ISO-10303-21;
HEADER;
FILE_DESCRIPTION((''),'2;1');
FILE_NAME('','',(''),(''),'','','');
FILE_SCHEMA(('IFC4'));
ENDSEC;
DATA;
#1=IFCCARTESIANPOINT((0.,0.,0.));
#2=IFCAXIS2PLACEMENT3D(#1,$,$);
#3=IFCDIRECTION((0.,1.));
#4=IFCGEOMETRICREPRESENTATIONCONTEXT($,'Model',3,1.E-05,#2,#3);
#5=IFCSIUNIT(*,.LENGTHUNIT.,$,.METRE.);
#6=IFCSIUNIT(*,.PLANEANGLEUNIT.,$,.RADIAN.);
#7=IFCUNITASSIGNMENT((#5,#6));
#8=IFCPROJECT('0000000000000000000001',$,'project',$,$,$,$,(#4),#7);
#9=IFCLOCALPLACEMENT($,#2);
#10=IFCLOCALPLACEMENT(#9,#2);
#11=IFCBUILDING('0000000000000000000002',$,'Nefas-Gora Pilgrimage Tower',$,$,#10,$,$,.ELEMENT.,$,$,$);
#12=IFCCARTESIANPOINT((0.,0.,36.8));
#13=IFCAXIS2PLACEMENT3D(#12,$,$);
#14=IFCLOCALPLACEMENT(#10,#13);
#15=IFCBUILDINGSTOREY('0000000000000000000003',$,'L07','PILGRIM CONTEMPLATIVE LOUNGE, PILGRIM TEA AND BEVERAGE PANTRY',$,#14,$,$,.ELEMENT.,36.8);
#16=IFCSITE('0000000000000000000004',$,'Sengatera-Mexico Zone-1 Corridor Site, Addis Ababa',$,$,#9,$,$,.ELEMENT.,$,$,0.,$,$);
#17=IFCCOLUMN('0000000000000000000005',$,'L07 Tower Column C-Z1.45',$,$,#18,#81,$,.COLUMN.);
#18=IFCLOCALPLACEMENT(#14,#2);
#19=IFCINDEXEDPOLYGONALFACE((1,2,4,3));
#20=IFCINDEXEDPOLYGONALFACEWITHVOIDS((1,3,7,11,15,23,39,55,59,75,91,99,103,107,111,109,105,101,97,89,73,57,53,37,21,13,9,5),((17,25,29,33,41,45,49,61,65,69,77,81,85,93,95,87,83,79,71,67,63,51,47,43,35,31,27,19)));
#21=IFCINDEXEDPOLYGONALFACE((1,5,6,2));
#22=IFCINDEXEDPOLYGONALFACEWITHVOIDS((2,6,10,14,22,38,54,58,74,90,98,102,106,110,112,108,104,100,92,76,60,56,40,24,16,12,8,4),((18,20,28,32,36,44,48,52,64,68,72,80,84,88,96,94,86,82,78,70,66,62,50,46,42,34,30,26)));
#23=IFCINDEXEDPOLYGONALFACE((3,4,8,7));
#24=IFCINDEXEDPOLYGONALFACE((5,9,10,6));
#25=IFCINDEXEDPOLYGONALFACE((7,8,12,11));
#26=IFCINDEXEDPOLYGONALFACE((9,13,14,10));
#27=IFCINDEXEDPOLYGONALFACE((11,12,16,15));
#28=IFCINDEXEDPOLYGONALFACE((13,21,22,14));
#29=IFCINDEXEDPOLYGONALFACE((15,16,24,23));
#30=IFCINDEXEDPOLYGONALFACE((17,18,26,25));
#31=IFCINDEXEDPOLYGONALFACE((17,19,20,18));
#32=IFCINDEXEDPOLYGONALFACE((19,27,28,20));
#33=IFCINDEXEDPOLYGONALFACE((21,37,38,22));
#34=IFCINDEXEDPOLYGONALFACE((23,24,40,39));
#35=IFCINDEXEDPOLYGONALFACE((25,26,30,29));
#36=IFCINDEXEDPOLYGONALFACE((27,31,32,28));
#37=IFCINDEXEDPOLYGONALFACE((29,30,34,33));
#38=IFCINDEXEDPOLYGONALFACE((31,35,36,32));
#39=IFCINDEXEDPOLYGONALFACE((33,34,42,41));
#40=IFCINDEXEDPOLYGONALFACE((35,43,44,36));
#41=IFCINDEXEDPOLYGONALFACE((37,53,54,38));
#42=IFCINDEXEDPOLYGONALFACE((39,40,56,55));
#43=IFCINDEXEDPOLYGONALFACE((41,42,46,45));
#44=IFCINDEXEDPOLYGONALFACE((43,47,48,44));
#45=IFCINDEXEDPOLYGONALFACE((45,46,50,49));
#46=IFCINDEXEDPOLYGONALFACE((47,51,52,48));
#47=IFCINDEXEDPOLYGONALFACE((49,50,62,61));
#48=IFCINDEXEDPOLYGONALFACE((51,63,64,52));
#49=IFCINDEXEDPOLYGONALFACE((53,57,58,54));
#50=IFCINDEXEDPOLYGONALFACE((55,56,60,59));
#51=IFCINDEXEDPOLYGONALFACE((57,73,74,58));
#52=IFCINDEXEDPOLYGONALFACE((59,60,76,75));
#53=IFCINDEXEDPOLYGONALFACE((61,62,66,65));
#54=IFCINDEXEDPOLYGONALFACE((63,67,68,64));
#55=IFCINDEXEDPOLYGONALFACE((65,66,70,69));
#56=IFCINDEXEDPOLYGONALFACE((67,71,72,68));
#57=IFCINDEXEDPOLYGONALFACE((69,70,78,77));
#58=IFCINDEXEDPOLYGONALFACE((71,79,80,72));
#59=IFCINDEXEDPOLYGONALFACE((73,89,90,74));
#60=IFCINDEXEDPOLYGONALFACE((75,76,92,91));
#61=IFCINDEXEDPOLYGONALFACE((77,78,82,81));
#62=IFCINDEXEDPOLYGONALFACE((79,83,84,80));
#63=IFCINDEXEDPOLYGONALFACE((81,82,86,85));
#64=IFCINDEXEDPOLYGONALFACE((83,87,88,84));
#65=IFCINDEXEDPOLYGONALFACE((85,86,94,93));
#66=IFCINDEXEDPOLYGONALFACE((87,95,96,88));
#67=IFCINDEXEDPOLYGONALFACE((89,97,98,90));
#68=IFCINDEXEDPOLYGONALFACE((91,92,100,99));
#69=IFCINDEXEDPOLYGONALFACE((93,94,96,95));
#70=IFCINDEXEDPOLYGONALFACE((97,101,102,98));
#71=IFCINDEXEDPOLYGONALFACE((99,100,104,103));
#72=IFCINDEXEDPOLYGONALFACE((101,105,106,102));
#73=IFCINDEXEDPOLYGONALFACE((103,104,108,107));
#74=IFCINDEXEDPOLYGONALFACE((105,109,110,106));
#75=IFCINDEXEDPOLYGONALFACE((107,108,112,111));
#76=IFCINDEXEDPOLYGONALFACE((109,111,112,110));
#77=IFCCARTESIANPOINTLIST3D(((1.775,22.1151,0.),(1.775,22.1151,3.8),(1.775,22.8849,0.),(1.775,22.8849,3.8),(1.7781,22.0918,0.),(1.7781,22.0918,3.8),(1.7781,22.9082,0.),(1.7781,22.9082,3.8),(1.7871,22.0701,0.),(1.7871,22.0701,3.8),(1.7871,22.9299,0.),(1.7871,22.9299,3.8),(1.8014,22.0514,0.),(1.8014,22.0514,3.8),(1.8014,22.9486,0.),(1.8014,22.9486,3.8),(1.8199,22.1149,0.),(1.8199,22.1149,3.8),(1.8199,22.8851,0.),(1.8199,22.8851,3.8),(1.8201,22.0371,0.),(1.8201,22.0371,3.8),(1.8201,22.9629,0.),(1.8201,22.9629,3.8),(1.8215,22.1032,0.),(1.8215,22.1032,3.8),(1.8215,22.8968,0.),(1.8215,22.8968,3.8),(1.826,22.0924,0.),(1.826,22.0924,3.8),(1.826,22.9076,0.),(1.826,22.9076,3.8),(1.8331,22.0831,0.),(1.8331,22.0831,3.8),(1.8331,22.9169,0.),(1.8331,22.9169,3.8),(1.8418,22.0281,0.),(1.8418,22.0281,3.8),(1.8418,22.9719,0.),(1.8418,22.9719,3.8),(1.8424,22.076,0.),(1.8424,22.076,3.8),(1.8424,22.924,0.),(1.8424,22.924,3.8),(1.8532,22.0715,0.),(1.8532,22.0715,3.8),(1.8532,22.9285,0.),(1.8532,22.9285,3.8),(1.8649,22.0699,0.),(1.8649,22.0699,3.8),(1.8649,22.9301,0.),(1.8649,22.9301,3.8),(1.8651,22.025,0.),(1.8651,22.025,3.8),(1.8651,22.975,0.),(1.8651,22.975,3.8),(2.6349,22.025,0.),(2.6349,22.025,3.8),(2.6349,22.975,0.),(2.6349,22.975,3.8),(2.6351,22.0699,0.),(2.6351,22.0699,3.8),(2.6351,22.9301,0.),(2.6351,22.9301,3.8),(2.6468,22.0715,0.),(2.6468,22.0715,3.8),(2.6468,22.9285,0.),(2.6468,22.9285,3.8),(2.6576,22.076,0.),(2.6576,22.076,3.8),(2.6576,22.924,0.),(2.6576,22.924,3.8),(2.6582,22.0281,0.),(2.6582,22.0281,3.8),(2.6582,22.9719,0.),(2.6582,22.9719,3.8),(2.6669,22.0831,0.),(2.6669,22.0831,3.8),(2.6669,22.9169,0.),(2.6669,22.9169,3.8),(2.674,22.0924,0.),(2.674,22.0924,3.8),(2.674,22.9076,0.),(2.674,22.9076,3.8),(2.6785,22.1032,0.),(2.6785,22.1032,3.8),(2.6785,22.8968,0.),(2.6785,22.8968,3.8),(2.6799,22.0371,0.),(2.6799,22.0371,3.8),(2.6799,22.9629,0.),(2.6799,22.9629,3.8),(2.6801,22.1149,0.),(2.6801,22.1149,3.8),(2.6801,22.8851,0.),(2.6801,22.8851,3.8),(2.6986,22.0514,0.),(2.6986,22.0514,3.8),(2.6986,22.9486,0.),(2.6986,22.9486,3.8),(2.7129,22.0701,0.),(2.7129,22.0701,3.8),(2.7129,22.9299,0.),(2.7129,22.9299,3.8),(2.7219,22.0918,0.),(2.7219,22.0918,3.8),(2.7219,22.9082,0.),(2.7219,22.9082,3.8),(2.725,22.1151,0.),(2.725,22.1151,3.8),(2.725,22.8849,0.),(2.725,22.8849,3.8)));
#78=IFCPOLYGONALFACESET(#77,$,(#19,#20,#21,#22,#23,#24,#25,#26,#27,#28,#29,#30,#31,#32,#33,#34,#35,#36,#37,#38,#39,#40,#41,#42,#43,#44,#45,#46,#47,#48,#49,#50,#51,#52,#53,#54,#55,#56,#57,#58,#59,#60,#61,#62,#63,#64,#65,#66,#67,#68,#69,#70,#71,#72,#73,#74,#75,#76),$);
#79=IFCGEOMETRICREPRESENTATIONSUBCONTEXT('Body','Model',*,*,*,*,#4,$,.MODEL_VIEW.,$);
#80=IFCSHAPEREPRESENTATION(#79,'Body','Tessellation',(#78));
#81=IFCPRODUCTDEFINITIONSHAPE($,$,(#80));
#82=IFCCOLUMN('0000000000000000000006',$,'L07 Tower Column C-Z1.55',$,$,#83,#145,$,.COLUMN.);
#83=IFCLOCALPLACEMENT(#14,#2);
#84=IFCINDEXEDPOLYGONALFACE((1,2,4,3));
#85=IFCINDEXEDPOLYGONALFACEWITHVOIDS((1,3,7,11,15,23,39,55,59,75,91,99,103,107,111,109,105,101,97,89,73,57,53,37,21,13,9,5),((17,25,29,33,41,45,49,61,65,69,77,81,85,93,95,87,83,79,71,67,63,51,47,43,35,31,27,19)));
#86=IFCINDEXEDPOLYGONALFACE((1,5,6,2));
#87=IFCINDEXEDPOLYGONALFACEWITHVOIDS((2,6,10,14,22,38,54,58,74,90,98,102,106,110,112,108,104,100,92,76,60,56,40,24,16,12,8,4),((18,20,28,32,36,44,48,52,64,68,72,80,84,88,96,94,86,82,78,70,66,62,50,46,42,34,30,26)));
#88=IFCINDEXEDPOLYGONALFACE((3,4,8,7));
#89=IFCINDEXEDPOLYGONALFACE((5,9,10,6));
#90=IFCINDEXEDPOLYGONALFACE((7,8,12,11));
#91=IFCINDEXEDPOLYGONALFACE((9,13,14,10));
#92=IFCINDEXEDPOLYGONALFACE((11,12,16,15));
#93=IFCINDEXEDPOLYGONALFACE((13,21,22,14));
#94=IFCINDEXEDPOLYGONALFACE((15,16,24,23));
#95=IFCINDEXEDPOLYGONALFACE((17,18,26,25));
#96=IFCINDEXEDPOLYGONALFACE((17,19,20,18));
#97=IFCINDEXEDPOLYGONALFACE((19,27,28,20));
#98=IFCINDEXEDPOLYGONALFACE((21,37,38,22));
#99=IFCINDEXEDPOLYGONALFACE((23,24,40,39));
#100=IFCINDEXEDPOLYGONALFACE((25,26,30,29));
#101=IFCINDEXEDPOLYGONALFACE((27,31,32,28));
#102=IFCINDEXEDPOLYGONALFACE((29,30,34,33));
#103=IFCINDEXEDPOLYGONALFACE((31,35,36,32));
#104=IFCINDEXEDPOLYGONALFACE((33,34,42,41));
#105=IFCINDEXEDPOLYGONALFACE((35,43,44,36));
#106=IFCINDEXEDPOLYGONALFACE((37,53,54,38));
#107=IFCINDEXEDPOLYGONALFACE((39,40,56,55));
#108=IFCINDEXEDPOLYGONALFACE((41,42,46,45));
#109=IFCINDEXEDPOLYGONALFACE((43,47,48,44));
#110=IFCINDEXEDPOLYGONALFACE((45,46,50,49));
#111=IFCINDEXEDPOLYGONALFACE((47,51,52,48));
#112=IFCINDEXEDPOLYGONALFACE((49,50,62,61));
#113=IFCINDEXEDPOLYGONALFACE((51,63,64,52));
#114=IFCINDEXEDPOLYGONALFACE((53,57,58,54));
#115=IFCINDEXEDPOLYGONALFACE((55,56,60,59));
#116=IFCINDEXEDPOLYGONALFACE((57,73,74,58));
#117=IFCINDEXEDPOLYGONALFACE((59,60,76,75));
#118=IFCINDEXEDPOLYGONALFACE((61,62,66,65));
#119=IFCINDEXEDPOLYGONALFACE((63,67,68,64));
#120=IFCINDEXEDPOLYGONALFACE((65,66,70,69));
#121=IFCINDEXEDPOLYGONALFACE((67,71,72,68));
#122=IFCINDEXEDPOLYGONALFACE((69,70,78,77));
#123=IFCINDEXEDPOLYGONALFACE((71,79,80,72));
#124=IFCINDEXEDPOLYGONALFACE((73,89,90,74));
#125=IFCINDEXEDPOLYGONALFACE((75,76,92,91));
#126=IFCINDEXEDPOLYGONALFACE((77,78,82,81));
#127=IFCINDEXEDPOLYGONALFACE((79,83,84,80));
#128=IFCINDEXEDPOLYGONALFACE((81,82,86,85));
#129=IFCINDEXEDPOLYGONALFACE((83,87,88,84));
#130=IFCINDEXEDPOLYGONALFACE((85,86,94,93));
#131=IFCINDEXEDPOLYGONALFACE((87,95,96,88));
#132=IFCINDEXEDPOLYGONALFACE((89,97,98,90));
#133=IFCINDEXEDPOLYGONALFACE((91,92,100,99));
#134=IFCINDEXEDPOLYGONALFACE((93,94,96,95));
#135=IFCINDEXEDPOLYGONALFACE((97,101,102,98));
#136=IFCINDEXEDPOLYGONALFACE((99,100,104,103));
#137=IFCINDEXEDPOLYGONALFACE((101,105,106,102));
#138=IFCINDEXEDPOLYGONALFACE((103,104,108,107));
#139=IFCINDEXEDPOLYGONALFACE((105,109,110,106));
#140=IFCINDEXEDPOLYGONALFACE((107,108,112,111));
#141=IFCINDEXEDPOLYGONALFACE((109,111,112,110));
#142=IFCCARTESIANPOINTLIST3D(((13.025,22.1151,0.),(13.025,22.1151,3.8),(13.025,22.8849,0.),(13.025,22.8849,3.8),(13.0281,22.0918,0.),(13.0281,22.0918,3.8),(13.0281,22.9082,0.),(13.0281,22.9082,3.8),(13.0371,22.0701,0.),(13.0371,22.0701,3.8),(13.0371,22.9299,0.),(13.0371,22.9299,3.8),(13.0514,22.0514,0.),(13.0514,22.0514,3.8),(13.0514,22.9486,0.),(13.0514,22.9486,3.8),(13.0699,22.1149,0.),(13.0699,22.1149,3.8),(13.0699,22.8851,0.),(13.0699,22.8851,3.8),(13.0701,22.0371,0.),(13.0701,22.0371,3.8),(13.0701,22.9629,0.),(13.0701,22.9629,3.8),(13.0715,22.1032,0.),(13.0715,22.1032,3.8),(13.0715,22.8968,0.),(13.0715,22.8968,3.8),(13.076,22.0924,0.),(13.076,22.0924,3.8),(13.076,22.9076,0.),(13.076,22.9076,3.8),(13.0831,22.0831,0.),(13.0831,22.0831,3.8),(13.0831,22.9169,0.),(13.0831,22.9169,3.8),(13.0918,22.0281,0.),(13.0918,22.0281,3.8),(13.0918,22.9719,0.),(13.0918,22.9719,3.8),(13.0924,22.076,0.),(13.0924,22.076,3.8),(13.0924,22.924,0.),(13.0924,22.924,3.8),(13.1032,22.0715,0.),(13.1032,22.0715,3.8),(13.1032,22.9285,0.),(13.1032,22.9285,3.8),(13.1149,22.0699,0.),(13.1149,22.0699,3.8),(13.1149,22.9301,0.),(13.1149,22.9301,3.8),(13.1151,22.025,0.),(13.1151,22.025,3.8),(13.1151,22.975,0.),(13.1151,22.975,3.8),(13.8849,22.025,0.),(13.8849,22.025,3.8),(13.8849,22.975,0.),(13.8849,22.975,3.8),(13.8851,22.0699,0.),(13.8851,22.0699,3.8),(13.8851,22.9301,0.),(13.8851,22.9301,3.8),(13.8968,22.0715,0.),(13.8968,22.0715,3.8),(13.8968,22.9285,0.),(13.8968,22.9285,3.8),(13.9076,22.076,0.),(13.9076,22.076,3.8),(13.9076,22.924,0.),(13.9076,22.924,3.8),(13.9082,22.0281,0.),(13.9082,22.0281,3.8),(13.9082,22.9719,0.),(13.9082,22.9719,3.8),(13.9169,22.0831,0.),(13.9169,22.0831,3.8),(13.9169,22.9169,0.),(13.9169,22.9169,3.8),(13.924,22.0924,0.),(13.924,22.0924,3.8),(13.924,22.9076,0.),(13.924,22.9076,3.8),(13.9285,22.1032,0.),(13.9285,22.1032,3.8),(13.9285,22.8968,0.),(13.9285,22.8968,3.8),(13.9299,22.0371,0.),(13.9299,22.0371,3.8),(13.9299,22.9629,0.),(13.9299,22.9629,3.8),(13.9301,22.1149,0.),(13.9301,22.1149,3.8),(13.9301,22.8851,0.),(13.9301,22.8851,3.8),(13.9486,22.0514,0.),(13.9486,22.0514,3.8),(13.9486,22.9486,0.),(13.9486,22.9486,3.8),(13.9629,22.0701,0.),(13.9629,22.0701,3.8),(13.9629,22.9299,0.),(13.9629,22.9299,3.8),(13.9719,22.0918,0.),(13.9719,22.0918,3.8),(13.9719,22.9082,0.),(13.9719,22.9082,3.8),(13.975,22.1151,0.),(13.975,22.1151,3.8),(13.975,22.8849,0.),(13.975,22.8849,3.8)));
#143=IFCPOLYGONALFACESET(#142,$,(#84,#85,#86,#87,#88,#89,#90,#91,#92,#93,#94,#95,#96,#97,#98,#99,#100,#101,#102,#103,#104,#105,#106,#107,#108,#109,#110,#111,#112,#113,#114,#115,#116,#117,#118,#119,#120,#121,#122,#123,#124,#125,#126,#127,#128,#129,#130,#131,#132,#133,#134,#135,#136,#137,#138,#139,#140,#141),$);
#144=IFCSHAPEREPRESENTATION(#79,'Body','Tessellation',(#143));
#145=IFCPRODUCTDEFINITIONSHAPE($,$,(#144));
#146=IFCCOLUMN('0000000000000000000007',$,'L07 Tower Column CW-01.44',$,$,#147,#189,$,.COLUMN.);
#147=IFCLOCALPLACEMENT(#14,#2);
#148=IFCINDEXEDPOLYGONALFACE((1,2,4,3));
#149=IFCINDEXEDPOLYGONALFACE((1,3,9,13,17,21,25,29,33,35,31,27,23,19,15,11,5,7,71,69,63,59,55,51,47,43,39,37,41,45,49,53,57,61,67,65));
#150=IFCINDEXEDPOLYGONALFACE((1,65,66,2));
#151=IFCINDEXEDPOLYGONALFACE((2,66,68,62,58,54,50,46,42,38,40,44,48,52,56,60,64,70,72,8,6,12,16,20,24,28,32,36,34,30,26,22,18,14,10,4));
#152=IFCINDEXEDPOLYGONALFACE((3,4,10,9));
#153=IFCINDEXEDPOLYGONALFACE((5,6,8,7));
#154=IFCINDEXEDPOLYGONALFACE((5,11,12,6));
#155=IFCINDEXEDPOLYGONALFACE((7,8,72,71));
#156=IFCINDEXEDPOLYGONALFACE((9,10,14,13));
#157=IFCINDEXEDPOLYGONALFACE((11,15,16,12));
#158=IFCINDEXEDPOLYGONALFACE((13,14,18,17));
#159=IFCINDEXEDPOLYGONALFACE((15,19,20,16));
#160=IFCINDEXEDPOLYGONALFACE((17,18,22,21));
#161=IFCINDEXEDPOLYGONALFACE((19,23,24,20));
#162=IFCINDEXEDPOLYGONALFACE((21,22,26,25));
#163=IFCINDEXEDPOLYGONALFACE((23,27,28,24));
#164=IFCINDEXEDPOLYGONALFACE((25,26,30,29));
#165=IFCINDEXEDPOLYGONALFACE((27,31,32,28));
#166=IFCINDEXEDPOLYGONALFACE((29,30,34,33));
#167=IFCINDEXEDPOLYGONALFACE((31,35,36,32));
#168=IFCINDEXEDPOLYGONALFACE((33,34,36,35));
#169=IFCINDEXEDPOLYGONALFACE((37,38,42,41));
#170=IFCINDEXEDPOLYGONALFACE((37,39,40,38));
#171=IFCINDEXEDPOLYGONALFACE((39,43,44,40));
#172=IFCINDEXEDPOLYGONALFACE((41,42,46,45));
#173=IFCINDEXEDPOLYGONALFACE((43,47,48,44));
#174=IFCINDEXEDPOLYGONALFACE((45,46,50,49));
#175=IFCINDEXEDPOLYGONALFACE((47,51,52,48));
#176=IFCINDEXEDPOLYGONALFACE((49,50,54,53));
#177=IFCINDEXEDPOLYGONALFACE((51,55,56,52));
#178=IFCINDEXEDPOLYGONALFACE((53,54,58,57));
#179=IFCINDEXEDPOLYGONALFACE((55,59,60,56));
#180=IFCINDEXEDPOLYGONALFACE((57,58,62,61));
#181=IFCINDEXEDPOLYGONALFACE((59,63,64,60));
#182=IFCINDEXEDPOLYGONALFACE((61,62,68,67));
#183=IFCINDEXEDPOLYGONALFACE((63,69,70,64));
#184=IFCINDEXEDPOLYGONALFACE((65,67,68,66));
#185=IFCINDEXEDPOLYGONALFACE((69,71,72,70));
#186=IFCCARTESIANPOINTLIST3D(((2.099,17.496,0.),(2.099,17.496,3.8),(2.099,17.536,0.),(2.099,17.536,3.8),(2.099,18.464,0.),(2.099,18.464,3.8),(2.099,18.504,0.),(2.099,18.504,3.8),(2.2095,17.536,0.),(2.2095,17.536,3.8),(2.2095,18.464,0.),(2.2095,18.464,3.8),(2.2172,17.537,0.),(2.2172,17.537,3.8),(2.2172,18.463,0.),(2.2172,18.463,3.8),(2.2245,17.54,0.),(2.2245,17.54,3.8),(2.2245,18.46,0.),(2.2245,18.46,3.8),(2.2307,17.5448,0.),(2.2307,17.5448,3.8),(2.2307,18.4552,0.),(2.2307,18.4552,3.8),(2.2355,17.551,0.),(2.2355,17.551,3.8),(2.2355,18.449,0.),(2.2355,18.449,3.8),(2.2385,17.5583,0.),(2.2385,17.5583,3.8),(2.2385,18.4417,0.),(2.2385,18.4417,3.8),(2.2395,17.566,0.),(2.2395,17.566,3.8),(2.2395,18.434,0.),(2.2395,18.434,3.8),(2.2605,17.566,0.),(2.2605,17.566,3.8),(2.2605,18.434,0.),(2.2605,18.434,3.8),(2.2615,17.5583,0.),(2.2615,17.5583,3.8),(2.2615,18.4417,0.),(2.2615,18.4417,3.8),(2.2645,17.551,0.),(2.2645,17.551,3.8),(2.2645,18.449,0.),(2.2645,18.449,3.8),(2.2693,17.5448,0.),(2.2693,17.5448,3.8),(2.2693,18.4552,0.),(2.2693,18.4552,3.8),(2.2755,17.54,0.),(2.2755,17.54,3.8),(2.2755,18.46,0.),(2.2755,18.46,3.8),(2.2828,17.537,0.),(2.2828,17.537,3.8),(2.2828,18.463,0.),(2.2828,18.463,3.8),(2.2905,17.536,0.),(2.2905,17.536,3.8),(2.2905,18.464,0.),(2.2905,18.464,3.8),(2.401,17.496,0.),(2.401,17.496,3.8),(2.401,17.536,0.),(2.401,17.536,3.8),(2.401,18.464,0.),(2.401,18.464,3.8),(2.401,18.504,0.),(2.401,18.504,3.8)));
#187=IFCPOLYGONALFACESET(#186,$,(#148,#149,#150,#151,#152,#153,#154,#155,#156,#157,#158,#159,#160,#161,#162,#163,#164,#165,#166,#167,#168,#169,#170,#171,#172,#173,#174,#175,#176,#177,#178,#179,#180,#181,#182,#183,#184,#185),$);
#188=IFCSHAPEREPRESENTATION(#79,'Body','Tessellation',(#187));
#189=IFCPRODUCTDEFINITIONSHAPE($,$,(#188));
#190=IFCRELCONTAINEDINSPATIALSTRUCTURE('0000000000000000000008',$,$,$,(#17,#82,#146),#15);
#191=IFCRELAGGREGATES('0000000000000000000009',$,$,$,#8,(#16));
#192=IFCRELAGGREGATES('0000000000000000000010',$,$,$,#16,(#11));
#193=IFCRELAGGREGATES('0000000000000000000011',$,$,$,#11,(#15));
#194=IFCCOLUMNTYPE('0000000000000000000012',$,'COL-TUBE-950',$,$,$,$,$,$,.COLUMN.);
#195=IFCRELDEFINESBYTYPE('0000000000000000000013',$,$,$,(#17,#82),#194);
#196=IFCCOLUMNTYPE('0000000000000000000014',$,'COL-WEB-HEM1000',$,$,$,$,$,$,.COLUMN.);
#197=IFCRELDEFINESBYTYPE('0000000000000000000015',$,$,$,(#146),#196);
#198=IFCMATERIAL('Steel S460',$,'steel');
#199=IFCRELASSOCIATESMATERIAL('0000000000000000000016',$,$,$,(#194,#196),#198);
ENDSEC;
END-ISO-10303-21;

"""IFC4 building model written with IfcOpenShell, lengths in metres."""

from ifc_helpers import new_model, si_unit, direction, frame, origin, origin_2d, place, context, subcontext, project, spatial, hollow_rectangle, i_section, extrude, source, transform, mapped, material, material_profile, profile_set, type_object, element, save


model = new_model("IFC4")

# Units and contexts
model_context = context("Model", 3, precision=1e-05, world=origin(), true_north=direction((0.0, 1.0)))
body_context = subcontext(model_context, "Body", "Model", "MODEL_VIEW")
ifc_project = project(units=[si_unit("LENGTHUNIT", "METRE"), si_unit("PLANEANGLEUNIT", "RADIAN")], contexts=[model_context])

# Site, building, storey
site_placement = place(None, origin())
site = spatial("IfcSite", under=ifc_project, at=site_placement, Name="Sengatera-Mexico Zone-1 Corridor Site, Addis Ababa", CompositionType="ELEMENT", RefElevation=0.0)
building_placement = place(site_placement, origin())
building = spatial("IfcBuilding", under=site, at=building_placement, Name="Nefas-Gora Pilgrimage Tower", CompositionType="ELEMENT")
storey_placement = place(building_placement, frame((0.0, 0.0, 36.8)))
storey = spatial("IfcBuildingStorey", under=building, at=storey_placement, Name="L07", Description="PILGRIM CONTEMPLATIVE LOUNGE, PILGRIM TEA AND BEVERAGE PANTRY", CompositionType="ELEMENT", Elevation=36.8)

# Columns
ifc_material_1 = material(Name="Steel S460", Category="steel")
ifc_material_profile_1 = material_profile(ifc_material_1, hollow_rectangle(XDim=0.95, YDim=0.95, WallThickness=0.0449, InnerFilletRadius=0.0449, OuterFilletRadius=0.0901, at=origin_2d()), Name="BOX 950x950x45")
ifc_profile_set_1 = profile_set([ifc_material_profile_1], Name="Steel S460")
column_type_1 = type_object("IfcColumnType", Name="COL-TUBE-950", PredefinedType="COLUMN", material=ifc_profile_set_1)
shared_shape_1 = source(origin(), body_context, "Body", "SweptSolid", [
    extrude(hollow_rectangle(XDim=0.95, YDim=0.95, WallThickness=0.0449, InnerFilletRadius=0.0449, OuterFilletRadius=0.0901, at=origin_2d()), origin(), (0.0, 0.0, 1.0), 3.8),
])
for number, where, z_axis, x_axis, name in (
    (1, (2.25, 22.5, 0.0), (0.0, 0.0, 1.0), (1.0, 0.0, 0.0), "L07 Tower Column C-Z1.45"),
    (2, (13.5, 22.5, 0.0), (0.0, 0.0, 1.0), (1.0, 0.0, 0.0), "L07 Tower Column C-Z1.55"),
):
    element("IfcColumn", number, at=place(storey_placement, frame(where, z_axis=z_axis, x_axis=x_axis)), inside=storey, type_object=column_type_1, Name=name, PredefinedType="COLUMN", context=body_context, shape_type="MappedRepresentation", body=[
        mapped(shared_shape_1, transform((0.0, 0.0, 0.0), x_axis=(1.0, 0.0, 0.0), y_axis=(0.0, 1.0, 0.0), z_axis=(0.0, 0.0, 1.0), scale=1.0)),
    ])
ifc_material_profile_2 = material_profile(ifc_material_1, i_section(OverallWidth=0.302, OverallDepth=1.0081, WebThickness=0.021, FlangeThickness=0.04, FilletRadius=0.03, at=origin_2d()), Name="HEM 1000")
ifc_profile_set_2 = profile_set([ifc_material_profile_2], Name="Steel S460")
column_type_2 = type_object("IfcColumnType", Name="COL-WEB-HEM1000", PredefinedType="COLUMN", material=ifc_profile_set_2)
shared_shape_2 = source(origin(), body_context, "Body", "SweptSolid", [
    extrude(i_section(OverallWidth=0.302, OverallDepth=1.0081, WebThickness=0.021, FlangeThickness=0.04, FilletRadius=0.03, at=origin_2d()), origin(), (0.0, 0.0, 1.0), 3.8),
])
for number, where, z_axis, x_axis, name in (
    (3, (2.25, 18.0, 0.0), (0.0, 0.0, 1.0), (1.0, 0.0, 0.0), "L07 Tower Column CW-01.44"),
):
    element("IfcColumn", number, at=place(storey_placement, frame(where, z_axis=z_axis, x_axis=x_axis)), inside=storey, type_object=column_type_2, Name=name, PredefinedType="COLUMN", context=body_context, shape_type="MappedRepresentation", body=[
        mapped(shared_shape_2, transform((0.0, 0.0, 0.0), x_axis=(1.0, 0.0, 0.0), y_axis=(0.0, 1.0, 0.0), z_axis=(0.0, 0.0, 1.0), scale=1.0)),
    ])

save(model, "model.ifc")
